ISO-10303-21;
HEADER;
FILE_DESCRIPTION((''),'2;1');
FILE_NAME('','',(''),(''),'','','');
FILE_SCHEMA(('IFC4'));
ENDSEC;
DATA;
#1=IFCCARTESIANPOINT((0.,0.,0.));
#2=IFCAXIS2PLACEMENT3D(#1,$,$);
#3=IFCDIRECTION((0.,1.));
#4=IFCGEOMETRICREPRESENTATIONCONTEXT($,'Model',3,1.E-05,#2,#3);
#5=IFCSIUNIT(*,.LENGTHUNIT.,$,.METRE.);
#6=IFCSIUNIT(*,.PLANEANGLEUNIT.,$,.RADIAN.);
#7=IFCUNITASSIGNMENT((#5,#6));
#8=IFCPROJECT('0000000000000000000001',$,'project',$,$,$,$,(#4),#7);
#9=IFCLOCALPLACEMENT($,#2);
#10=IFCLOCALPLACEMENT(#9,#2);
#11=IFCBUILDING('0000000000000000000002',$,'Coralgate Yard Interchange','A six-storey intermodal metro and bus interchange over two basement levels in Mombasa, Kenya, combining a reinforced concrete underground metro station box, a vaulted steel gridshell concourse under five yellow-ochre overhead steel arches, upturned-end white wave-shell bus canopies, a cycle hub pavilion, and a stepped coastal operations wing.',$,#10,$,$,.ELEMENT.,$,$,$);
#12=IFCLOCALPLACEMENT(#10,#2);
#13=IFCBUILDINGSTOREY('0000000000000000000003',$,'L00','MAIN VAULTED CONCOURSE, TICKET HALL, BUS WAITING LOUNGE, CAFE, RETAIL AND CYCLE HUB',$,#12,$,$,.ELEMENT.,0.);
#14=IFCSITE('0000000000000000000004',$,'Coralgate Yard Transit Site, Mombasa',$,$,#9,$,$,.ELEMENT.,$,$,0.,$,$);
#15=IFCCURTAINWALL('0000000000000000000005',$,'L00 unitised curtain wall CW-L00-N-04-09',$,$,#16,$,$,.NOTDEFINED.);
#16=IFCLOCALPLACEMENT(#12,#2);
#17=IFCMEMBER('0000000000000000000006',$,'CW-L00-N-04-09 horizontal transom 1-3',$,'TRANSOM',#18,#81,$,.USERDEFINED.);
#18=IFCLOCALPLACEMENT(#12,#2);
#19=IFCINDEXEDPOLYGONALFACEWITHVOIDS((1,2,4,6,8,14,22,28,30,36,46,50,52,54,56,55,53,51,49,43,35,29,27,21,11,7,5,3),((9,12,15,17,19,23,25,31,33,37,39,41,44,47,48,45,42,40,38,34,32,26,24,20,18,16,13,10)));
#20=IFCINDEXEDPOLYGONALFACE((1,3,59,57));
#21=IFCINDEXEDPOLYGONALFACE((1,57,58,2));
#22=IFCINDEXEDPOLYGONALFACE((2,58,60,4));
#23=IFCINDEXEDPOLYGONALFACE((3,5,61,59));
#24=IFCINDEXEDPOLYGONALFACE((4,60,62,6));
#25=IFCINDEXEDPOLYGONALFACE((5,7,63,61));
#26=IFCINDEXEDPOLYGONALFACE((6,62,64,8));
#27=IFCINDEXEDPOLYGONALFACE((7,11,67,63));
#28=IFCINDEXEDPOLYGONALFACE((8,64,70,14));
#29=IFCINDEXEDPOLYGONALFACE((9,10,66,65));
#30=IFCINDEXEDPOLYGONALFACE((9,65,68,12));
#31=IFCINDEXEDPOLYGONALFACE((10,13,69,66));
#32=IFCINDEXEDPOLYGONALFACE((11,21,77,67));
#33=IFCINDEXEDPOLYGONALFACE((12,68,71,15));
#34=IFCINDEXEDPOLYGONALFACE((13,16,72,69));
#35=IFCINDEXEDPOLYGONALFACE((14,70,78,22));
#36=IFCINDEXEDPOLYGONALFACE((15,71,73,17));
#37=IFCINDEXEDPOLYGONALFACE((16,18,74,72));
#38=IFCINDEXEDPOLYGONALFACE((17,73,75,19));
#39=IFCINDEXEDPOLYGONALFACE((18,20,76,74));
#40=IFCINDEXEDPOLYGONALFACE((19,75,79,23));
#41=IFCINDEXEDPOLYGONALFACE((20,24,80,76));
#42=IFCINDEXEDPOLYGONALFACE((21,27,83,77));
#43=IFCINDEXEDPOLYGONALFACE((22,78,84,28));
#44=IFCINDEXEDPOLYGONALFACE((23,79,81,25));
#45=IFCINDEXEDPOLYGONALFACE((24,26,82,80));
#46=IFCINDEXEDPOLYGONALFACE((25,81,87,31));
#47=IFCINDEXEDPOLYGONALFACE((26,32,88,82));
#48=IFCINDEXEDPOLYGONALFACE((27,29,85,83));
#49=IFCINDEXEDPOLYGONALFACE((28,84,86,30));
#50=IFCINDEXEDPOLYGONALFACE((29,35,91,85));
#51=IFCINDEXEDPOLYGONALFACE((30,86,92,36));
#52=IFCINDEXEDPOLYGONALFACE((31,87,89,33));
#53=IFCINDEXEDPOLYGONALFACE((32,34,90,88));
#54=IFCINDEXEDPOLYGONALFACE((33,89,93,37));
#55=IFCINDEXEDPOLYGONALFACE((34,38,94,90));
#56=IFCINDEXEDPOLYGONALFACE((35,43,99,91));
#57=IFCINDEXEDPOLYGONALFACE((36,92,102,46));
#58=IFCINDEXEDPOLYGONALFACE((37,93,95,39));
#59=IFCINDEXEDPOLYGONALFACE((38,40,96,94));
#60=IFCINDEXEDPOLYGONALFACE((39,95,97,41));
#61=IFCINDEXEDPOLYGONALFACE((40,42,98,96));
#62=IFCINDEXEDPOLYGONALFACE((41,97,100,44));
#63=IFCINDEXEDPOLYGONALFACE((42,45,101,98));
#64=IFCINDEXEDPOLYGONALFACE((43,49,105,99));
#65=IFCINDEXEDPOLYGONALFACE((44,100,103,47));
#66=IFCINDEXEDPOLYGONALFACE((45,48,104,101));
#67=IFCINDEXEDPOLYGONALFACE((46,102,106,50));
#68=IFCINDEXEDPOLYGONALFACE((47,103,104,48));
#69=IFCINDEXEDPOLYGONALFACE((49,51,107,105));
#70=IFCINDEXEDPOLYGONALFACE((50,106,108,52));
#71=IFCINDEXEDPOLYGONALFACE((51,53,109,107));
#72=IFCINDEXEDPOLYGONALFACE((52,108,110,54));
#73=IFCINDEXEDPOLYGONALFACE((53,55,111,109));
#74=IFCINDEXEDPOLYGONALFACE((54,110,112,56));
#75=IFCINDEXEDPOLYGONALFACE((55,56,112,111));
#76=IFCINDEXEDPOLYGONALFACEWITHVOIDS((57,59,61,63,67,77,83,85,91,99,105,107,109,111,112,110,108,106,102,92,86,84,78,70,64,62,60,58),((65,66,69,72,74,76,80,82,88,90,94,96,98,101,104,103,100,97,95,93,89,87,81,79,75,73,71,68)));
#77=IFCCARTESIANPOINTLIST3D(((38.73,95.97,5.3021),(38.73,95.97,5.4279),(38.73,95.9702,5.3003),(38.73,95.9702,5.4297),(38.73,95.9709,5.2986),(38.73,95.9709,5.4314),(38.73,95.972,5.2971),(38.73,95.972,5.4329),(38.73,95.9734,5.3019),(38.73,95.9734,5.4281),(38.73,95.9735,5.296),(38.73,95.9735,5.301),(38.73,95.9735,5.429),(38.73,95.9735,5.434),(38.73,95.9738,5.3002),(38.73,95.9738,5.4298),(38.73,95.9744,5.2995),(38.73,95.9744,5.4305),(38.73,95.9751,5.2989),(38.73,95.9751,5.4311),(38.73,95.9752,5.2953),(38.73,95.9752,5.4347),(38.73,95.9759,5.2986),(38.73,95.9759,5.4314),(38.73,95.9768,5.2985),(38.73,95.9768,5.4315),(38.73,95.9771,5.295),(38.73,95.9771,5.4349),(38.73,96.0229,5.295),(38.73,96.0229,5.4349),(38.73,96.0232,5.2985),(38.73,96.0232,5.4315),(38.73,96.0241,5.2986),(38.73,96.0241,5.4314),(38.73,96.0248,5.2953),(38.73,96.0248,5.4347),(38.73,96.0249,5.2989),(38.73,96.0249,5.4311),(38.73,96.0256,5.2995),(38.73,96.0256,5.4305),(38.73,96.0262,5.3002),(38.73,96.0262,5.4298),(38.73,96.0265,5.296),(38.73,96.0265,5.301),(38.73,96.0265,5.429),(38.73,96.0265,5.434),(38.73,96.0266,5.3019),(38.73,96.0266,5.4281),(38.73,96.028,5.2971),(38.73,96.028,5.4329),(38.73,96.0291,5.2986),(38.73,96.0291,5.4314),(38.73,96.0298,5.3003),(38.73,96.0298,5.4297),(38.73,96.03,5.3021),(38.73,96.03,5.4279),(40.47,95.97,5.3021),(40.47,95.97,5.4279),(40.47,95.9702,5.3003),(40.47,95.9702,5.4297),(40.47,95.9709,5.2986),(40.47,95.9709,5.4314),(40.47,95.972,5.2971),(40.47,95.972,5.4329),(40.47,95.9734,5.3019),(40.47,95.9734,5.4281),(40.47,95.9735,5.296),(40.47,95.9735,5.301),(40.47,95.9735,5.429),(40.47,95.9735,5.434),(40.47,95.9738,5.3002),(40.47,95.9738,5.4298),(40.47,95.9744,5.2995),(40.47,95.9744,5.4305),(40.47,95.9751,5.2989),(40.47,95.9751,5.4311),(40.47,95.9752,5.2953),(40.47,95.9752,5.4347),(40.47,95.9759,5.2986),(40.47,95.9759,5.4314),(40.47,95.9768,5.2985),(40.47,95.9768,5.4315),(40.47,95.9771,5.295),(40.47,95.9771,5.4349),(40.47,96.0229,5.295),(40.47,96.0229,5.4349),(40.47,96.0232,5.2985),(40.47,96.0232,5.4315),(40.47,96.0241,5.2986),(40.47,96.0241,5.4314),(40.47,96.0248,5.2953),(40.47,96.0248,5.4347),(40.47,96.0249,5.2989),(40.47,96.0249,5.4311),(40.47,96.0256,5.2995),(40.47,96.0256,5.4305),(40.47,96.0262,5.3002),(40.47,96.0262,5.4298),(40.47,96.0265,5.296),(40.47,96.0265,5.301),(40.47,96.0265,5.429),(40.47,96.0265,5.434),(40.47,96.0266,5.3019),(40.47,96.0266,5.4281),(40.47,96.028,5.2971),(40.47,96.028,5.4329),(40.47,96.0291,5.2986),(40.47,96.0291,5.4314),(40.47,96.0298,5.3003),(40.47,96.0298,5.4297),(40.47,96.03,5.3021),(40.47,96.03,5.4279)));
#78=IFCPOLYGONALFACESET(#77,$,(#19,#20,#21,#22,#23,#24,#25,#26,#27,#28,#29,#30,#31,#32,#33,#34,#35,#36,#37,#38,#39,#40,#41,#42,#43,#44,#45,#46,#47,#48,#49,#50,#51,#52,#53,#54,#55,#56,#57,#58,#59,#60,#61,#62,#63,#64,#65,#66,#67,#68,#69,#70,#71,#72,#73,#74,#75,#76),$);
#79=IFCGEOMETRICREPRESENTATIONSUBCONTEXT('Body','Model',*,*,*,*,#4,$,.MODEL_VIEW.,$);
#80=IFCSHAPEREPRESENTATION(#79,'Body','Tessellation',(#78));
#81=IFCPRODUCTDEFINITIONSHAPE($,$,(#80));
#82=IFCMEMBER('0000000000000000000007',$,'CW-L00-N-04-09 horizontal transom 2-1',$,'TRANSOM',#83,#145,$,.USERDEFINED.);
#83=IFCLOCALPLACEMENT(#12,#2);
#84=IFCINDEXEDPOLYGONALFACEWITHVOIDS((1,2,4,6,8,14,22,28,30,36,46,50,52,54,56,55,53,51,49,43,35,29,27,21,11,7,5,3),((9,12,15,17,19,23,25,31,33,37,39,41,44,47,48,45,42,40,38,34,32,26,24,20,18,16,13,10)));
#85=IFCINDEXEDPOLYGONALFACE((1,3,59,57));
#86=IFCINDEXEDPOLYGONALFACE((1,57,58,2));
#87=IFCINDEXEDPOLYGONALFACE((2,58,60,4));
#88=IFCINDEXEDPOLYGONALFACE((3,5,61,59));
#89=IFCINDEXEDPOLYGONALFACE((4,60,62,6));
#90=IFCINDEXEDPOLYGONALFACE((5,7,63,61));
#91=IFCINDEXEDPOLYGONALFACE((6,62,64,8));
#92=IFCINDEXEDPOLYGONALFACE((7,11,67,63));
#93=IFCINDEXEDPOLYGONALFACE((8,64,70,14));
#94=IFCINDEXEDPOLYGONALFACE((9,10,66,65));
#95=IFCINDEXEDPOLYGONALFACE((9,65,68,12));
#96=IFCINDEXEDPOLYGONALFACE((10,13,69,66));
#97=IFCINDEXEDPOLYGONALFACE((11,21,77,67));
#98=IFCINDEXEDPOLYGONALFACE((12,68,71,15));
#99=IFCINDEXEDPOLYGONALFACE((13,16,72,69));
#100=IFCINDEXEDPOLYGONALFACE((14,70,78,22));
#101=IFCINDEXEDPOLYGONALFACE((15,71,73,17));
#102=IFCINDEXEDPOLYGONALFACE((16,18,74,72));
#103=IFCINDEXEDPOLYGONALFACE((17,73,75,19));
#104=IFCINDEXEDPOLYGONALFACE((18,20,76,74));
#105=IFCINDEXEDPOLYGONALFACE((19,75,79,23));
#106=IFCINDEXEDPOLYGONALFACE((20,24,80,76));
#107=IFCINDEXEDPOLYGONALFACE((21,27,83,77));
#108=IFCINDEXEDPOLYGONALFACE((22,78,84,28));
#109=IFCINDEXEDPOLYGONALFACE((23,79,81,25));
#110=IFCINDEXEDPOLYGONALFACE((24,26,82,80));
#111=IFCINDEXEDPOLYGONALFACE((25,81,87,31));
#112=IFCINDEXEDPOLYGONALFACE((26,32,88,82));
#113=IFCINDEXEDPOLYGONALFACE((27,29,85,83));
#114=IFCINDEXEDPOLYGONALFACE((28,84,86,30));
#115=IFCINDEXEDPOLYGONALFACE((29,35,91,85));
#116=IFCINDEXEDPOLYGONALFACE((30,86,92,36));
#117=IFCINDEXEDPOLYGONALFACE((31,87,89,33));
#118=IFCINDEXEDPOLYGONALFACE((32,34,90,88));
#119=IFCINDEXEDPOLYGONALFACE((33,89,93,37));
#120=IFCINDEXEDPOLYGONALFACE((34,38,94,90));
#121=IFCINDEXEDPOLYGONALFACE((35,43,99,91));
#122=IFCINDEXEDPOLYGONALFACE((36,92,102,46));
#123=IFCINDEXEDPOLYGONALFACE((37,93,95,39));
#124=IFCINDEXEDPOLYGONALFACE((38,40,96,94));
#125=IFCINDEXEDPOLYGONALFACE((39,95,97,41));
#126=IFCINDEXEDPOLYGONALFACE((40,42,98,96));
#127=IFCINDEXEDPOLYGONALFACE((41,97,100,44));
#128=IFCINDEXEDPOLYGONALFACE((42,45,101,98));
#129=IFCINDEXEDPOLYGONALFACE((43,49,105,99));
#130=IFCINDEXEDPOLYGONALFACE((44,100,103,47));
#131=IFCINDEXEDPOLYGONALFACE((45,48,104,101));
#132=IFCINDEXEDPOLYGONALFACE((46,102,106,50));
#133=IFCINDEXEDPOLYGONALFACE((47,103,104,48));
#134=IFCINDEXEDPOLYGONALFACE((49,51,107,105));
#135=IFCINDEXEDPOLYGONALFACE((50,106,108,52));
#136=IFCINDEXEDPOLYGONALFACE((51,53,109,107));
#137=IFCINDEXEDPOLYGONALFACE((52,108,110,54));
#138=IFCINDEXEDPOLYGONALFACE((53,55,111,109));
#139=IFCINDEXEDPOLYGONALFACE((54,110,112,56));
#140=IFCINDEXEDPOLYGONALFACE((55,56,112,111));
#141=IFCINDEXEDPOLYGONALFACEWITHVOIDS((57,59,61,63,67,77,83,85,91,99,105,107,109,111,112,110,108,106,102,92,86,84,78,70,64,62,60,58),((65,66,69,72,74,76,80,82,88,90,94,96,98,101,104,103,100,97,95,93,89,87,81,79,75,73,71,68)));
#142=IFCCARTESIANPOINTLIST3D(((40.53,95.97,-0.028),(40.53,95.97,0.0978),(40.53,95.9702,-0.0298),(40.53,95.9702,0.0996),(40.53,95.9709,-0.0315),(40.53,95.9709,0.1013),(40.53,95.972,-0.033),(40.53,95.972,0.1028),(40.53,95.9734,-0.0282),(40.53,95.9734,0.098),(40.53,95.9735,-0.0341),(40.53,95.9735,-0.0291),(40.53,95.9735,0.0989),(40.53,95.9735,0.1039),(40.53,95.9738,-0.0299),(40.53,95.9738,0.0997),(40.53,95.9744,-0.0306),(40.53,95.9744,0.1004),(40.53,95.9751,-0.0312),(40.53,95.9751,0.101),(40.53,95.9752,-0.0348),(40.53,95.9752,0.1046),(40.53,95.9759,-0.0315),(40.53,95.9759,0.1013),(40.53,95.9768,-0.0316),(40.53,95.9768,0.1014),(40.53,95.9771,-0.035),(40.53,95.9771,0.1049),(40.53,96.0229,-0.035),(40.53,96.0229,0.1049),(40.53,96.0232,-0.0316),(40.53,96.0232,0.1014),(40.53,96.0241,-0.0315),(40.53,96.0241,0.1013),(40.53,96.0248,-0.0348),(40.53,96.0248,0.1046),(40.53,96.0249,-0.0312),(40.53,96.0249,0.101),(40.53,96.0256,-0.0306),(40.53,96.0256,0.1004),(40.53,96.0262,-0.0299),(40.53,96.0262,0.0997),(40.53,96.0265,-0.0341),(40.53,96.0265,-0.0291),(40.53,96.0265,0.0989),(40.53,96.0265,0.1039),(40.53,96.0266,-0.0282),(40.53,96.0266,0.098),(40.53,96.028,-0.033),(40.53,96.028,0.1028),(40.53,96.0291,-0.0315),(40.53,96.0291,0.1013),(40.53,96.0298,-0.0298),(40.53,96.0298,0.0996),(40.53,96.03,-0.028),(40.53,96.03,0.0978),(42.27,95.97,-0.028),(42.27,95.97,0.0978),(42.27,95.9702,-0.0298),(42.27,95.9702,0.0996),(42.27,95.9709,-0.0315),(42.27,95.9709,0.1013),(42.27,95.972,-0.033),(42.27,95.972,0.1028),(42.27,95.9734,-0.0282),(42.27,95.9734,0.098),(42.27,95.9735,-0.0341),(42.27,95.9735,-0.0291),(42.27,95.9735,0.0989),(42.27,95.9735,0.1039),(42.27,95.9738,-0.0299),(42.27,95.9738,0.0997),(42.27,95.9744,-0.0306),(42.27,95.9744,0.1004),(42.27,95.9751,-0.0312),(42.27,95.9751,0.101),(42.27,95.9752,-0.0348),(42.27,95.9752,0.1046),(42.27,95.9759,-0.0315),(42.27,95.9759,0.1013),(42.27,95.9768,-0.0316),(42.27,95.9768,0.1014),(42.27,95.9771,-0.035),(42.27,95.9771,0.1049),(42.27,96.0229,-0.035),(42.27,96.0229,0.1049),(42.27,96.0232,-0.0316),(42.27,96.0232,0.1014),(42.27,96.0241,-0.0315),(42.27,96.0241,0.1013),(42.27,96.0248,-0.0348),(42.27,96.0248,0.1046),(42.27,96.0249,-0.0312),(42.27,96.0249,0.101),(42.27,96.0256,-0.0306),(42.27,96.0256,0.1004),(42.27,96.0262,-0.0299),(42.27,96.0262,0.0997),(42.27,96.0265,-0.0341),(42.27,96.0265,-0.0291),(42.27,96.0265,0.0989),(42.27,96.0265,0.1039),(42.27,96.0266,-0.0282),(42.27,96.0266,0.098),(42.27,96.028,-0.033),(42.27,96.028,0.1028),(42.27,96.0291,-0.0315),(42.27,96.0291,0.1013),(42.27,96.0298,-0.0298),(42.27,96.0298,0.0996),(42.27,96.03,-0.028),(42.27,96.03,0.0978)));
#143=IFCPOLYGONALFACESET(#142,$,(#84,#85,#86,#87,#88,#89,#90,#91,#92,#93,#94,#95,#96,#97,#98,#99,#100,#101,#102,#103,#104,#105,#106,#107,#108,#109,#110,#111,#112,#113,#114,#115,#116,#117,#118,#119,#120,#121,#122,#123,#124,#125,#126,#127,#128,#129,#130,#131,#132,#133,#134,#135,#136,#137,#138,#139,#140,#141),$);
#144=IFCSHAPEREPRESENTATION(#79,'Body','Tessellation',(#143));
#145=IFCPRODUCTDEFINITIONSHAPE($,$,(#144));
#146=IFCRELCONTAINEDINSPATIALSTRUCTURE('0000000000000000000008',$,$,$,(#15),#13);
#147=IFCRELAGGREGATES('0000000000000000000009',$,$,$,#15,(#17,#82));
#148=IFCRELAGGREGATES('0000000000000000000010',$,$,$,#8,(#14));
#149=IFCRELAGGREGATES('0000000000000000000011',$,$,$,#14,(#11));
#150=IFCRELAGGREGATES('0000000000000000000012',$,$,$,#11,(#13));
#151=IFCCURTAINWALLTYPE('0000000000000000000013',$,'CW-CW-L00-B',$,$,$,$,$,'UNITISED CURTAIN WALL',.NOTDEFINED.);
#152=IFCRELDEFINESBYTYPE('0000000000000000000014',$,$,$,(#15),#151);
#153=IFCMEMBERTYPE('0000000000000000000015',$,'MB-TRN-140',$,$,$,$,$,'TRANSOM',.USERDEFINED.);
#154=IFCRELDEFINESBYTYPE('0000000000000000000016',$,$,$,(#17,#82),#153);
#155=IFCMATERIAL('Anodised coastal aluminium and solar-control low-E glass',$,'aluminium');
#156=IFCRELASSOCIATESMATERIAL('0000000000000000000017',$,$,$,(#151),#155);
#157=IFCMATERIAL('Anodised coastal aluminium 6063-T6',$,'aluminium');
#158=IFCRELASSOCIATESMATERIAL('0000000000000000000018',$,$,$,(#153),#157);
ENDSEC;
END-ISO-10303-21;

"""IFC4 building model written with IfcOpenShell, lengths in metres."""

from ifc_helpers import new_model, si_unit, direction, frame, origin, origin_2d, place, context, subcontext, project, spatial, hollow_rectangle, extrude, material, material_profile, profile_set, type_object, element, aggregate, save


model = new_model("IFC4")

# Units and contexts
model_context = context("Model", 3, precision=1e-05, world=origin(), true_north=direction((0.0, 1.0)))
body_context = subcontext(model_context, "Body", "Model", "MODEL_VIEW")
ifc_project = project(units=[si_unit("LENGTHUNIT", "METRE"), si_unit("PLANEANGLEUNIT", "RADIAN")], contexts=[model_context])

# Site, building, storey
site_placement = place(None, origin())
site = spatial("IfcSite", under=ifc_project, at=site_placement, Name="Coralgate Yard Transit Site, Mombasa", CompositionType="ELEMENT", RefElevation=0.0)
building_placement = place(site_placement, origin())
building = spatial("IfcBuilding", under=site, at=building_placement, Name="Coralgate Yard Interchange", Description="A six-storey intermodal metro and bus interchange over two basement levels in Mombasa, Kenya, combining a reinforced concrete underground metro station box, a vaulted steel gridshell concourse under five yellow-ochre overhead steel arches, upturned-end white wave-shell bus canopies, a cycle hub pavilion, and a stepped coastal operations wing.", CompositionType="ELEMENT")
storey_placement = place(building_placement, origin())
storey = spatial("IfcBuildingStorey", under=building, at=storey_placement, Name="L00", Description="MAIN VAULTED CONCOURSE, TICKET HALL, BUS WAITING LOUNGE, CAFE, RETAIL AND CYCLE HUB", CompositionType="ELEMENT", Elevation=0.0)

# Curtain wall, members
ifc_material_1 = material(Name="Anodised coastal aluminium and solar-control low-E glass", Category="aluminium")
curtain_wall_type = type_object("IfcCurtainWallType", Name="CW-CW-L00-B", ElementType="UNITISED CURTAIN WALL", PredefinedType="NOTDEFINED", material=ifc_material_1)
curtain_wall_placement = place(storey_placement, origin())
curtain_wall = element("IfcCurtainWall", 1, at=curtain_wall_placement, inside=storey, type_object=curtain_wall_type, Name="L00 unitised curtain wall CW-L00-N-04-09", PredefinedType="NOTDEFINED")
ifc_material_2 = material(Name="Anodised coastal aluminium 6063-T6", Category="aluminium")
ifc_material_profile_1 = material_profile(ifc_material_2, hollow_rectangle(XDim=0.0601, YDim=0.1399, WallThickness=0.0034, InnerFilletRadius=0.0034, OuterFilletRadius=0.0071, at=origin_2d()), Name="ALU 60x140x3.5")
ifc_profile_set_1 = profile_set([ifc_material_profile_1], Name="Anodised coastal aluminium 6063-T6")
member_type_1 = type_object("IfcMemberType", Name="MB-TRN-140", ElementType="TRANSOM", PredefinedType="USERDEFINED", material=ifc_profile_set_1)
member_1_placement = place(storey_placement, frame((38.73, 96.0, 5.365), z_axis=(1.0, 0.0, 0.0), x_axis=(0.0, 1.0, 0.0)))
member_1 = element("IfcMember", 2, at=member_1_placement, type_object=member_type_1, Name="CW-L00-N-04-09 horizontal transom 1-3", ObjectType="TRANSOM", PredefinedType="USERDEFINED", context=body_context, shape_type="SweptSolid", body=[
    extrude(hollow_rectangle(XDim=0.0601, YDim=0.1399, WallThickness=0.0034, InnerFilletRadius=0.0034, OuterFilletRadius=0.0071, at=origin_2d()), origin(), (0.0, 0.0, 1.0), 1.74),
])
member_2_placement = place(storey_placement, frame((40.53, 96.0, 0.0349), z_axis=(1.0, 0.0, 0.0), x_axis=(0.0, 1.0, 0.0)))
member_2 = element("IfcMember", 3, at=member_2_placement, type_object=member_type_1, Name="CW-L00-N-04-09 horizontal transom 2-1", ObjectType="TRANSOM", PredefinedType="USERDEFINED", context=body_context, shape_type="SweptSolid", body=[
    extrude(hollow_rectangle(XDim=0.0601, YDim=0.1399, WallThickness=0.0034, InnerFilletRadius=0.0034, OuterFilletRadius=0.0071, at=origin_2d()), origin(), (0.0, 0.0, 1.0), 1.74),
])
aggregate(curtain_wall, [member_1, member_2])

save(model, "model.ifc")
